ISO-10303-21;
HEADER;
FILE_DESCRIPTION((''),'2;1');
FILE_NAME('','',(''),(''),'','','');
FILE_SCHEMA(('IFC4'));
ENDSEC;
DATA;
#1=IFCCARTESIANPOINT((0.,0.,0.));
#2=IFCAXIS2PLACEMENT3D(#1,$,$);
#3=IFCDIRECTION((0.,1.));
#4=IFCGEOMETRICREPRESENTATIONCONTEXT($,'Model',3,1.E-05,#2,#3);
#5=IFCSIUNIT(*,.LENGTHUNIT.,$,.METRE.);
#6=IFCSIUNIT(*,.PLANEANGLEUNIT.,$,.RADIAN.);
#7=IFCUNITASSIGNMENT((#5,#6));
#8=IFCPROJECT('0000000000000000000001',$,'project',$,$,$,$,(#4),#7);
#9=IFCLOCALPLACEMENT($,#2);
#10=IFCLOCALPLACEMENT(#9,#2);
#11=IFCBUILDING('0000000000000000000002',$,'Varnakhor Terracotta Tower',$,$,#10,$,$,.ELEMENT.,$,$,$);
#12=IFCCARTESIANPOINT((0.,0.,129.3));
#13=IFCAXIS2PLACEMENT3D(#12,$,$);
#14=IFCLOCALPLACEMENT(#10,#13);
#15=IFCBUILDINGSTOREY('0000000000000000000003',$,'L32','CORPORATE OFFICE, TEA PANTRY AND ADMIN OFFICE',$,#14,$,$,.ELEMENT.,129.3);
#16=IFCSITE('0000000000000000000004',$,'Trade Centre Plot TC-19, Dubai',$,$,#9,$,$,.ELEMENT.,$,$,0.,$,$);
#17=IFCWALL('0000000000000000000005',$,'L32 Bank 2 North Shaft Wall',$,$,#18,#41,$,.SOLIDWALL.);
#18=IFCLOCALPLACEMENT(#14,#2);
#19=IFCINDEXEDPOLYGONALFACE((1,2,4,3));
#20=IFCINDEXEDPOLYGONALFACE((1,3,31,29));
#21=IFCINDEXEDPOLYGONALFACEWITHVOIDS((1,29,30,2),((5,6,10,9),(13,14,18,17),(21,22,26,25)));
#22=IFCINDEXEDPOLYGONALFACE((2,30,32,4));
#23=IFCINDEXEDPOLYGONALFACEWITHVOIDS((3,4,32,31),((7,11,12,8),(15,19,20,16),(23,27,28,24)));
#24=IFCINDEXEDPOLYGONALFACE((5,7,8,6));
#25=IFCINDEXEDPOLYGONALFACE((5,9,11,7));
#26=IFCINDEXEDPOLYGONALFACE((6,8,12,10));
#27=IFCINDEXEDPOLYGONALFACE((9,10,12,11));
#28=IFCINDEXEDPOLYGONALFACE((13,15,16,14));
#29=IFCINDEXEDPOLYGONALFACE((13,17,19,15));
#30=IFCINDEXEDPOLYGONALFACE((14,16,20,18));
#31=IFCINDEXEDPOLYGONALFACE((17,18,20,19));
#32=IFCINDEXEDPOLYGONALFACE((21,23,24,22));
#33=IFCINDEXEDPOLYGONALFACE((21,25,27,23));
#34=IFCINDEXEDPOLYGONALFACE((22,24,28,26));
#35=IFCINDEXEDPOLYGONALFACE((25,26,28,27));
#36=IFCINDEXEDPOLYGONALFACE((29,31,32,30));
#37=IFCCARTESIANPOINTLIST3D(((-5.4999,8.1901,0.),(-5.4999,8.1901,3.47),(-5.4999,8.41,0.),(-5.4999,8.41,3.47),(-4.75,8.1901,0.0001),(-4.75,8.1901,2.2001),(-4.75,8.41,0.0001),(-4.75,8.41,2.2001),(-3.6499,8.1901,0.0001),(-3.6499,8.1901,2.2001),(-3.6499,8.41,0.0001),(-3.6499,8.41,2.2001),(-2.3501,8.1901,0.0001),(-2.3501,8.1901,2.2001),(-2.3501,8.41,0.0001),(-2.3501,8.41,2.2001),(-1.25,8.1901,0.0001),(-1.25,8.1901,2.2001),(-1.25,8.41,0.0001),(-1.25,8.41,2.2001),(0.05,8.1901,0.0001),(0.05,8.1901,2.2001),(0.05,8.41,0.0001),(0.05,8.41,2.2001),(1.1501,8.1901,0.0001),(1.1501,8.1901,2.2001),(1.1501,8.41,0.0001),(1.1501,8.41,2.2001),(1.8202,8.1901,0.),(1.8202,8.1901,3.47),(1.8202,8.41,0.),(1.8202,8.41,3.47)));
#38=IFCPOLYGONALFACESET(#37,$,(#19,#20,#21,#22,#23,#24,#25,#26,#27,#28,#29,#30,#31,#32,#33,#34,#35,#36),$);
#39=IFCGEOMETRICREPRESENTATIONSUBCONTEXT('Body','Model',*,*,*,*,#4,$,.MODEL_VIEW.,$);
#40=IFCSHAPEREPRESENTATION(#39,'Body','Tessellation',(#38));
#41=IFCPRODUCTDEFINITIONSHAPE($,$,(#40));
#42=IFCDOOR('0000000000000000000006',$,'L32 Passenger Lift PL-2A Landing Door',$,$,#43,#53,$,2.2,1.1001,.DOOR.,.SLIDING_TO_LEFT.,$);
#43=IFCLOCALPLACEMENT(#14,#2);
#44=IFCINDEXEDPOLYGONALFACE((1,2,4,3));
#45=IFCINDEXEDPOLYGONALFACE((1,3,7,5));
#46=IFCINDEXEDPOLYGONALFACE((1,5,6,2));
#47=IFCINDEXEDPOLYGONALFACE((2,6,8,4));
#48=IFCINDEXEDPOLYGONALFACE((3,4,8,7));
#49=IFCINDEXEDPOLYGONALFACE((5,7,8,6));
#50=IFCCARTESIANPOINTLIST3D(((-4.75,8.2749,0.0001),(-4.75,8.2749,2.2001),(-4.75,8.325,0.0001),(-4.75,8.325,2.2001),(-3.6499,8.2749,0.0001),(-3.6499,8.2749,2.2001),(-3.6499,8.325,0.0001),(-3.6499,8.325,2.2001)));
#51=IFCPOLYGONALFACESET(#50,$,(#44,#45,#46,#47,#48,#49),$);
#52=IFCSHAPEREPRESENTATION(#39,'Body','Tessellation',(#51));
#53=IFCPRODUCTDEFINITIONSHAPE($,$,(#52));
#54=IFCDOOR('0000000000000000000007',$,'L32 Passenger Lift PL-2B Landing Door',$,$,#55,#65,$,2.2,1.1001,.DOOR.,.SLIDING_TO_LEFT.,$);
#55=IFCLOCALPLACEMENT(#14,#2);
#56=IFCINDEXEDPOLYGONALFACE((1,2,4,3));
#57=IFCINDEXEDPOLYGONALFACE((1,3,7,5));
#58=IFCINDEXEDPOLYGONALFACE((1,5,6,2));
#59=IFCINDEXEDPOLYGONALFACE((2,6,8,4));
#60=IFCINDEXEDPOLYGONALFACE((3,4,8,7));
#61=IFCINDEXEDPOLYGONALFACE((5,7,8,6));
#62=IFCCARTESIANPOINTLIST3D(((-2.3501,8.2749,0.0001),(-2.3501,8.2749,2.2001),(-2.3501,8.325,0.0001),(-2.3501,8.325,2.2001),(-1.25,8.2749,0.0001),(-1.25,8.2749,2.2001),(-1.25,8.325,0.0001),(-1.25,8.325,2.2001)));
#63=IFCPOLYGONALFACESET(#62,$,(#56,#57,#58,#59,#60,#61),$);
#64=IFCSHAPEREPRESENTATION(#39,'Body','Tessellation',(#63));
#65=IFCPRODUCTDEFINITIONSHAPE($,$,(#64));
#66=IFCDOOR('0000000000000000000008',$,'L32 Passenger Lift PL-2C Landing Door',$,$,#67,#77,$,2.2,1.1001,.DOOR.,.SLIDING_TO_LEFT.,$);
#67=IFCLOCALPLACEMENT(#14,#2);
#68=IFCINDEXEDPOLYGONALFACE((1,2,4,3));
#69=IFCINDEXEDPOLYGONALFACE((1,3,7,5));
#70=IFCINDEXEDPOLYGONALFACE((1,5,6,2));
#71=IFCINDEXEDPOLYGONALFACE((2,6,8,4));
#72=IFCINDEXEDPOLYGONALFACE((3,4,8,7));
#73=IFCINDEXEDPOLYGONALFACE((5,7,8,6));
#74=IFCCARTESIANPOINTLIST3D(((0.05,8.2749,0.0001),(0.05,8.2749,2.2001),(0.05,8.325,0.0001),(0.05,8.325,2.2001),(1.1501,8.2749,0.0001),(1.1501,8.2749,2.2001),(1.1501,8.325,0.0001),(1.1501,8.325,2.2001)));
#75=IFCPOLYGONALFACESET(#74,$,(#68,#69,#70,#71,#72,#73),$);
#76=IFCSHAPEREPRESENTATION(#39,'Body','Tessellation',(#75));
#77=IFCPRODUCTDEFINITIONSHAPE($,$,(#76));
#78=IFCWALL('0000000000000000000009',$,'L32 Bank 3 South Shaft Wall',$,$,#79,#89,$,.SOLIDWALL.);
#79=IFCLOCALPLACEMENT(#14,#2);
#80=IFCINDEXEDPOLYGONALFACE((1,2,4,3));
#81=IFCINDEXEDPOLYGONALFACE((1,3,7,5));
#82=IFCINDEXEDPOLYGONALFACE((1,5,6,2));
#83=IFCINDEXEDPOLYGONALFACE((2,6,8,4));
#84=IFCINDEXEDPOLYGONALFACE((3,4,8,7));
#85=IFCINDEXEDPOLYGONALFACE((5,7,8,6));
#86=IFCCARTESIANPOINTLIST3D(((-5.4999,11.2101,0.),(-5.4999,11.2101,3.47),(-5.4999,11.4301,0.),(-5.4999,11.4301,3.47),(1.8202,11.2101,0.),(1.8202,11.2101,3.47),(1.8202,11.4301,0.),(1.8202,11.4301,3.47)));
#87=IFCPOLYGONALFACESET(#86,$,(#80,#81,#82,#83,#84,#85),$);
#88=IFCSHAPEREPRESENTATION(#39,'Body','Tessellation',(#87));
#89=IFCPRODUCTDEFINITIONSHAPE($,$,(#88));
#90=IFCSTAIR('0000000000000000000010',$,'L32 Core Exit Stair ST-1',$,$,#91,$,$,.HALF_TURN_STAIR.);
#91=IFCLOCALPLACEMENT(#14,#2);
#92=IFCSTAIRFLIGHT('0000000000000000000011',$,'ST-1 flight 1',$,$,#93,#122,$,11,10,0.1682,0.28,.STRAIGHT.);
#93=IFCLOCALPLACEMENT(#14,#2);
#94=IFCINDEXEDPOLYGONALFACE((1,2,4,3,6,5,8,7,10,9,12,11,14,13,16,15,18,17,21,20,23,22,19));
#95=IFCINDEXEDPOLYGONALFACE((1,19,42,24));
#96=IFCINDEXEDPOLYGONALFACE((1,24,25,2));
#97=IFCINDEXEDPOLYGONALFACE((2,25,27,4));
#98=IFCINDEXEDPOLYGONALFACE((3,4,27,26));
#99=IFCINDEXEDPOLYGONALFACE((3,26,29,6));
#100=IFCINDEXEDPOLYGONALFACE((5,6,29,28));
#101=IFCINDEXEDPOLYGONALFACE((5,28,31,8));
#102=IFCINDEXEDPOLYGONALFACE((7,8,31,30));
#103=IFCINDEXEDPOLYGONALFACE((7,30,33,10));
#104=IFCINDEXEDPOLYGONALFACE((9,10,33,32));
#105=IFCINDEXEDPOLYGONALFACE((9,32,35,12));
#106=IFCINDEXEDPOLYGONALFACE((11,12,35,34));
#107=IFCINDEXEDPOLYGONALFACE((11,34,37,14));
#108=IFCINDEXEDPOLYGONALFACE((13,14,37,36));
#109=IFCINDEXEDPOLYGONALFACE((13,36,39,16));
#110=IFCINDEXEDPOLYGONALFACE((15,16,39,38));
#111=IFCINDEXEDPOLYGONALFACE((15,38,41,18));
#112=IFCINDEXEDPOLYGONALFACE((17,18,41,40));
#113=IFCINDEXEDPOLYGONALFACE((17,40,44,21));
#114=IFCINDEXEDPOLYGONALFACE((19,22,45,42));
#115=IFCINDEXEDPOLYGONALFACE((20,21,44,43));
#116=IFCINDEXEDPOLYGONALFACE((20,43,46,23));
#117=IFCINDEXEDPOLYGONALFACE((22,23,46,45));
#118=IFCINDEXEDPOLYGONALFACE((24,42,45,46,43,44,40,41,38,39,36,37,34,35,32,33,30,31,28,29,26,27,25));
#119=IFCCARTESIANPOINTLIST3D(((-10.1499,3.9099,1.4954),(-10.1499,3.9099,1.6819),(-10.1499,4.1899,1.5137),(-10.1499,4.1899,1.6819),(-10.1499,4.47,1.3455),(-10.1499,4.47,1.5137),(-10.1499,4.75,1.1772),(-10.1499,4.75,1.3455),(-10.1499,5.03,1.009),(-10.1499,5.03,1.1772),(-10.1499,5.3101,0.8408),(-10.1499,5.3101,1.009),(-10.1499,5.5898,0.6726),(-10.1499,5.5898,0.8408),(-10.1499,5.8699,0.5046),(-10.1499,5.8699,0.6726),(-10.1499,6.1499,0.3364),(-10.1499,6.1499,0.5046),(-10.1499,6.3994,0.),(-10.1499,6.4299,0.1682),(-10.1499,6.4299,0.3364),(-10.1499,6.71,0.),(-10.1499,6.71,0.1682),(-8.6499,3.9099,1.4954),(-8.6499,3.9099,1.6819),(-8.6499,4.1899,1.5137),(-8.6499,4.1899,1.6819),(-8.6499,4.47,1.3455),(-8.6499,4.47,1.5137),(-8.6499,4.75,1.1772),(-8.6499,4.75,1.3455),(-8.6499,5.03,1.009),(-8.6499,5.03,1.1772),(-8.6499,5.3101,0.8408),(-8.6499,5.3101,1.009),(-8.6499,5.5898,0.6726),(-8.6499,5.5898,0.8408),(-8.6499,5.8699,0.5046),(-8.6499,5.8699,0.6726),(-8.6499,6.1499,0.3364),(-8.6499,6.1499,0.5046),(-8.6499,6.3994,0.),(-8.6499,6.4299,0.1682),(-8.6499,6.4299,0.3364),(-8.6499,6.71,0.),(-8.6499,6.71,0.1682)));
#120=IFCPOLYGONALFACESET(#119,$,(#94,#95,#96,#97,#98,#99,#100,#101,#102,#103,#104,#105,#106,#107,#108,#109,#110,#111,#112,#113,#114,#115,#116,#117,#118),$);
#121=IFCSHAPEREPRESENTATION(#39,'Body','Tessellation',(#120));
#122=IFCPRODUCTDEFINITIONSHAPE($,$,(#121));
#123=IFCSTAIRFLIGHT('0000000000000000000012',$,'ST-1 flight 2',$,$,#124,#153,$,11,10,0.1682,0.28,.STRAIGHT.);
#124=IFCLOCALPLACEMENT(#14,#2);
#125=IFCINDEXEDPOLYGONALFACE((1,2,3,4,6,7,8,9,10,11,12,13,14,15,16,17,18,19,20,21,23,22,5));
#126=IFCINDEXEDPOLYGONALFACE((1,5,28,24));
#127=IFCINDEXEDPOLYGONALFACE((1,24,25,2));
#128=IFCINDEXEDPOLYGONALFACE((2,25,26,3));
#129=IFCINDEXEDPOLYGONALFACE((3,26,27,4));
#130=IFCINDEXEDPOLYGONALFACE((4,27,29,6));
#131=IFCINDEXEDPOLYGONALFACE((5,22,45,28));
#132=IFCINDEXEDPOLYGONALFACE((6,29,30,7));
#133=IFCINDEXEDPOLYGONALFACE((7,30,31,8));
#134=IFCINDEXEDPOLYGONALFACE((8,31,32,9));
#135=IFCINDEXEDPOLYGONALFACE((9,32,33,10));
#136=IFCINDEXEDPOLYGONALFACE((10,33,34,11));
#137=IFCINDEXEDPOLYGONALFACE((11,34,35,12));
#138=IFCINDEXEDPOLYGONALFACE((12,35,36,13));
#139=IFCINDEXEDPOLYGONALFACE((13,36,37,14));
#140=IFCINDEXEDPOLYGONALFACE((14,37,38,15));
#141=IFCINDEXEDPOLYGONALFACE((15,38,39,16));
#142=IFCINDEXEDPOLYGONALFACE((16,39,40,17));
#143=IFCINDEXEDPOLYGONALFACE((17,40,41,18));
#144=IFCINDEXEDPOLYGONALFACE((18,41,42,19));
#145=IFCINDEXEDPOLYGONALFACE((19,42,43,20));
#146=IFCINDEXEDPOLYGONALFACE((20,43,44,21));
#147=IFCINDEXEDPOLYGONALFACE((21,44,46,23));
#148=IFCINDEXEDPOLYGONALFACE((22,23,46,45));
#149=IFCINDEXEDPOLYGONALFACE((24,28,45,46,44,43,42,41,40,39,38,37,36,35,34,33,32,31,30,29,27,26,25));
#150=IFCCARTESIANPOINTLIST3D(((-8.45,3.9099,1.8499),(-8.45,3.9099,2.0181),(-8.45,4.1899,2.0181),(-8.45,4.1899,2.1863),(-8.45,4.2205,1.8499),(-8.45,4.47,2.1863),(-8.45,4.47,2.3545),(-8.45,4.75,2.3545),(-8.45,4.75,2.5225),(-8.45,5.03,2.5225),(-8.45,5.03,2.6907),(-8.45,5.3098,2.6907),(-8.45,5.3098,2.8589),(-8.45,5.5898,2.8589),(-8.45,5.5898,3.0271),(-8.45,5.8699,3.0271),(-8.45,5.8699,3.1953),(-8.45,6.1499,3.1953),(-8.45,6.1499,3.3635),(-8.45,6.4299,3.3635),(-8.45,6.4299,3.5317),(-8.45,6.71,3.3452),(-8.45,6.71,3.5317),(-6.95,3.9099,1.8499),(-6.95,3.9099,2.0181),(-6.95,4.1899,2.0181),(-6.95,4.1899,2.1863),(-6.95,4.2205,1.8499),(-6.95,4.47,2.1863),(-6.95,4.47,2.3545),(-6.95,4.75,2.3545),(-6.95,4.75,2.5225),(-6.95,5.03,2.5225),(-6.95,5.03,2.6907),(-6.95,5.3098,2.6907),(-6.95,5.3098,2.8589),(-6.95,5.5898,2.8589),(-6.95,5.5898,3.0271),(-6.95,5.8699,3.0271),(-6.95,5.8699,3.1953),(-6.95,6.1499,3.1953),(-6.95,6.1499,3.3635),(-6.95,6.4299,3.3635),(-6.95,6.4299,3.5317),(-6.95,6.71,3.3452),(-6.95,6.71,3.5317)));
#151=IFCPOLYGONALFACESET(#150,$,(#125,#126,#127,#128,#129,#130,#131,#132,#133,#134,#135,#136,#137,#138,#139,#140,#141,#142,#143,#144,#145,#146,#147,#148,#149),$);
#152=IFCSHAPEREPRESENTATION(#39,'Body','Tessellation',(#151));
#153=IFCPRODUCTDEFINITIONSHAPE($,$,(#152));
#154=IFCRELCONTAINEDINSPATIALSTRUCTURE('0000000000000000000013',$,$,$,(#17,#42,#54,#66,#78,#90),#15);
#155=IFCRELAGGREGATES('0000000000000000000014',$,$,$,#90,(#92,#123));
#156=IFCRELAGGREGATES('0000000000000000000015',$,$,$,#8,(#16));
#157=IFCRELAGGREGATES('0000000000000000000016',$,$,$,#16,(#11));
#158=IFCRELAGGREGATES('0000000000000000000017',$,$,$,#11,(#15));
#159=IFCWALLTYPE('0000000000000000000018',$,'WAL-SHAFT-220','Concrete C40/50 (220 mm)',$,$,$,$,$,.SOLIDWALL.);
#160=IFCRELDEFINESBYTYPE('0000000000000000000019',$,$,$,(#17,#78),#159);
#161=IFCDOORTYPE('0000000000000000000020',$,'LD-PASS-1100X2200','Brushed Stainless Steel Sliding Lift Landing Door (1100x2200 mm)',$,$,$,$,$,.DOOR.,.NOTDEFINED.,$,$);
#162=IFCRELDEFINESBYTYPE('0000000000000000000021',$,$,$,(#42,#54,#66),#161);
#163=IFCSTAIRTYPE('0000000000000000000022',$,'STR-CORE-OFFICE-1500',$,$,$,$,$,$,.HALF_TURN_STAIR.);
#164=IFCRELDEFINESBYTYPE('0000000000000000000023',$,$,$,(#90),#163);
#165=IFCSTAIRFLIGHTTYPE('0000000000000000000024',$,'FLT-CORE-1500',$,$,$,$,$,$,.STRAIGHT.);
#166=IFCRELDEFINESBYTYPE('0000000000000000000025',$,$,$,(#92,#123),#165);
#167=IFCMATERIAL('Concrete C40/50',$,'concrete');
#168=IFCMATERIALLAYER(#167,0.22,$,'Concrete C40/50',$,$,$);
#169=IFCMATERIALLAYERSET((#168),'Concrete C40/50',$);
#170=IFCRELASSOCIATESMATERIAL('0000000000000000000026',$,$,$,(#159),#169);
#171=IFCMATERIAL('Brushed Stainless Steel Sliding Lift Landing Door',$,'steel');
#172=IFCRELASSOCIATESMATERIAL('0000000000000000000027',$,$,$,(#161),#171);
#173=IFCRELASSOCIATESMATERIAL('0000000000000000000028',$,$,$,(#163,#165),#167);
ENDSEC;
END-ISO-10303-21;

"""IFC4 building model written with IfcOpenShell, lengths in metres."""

from ifc_helpers import new_model, si_unit, direction, frame, frame_2d, origin, place, context, subcontext, project, spatial, polyline, rectangle, outline, extrude, source, transform, mapped, material, layer, layer_set, type_object, type_shapes, element, fill, aggregate, save


model = new_model("IFC4")

# Units and contexts
model_context = context("Model", 3, precision=1e-05, world=origin(), true_north=direction((0.0, 1.0)))
body_context = subcontext(model_context, "Body", "Model", "MODEL_VIEW")
ifc_project = project(units=[si_unit("LENGTHUNIT", "METRE"), si_unit("PLANEANGLEUNIT", "RADIAN")], contexts=[model_context])

# Site, building, storey
site_placement = place(None, origin())
site = spatial("IfcSite", under=ifc_project, at=site_placement, Name="Trade Centre Plot TC-19, Dubai", CompositionType="ELEMENT", RefElevation=0.0)
building_placement = place(site_placement, origin())
building = spatial("IfcBuilding", under=site, at=building_placement, Name="Varnakhor Terracotta Tower", CompositionType="ELEMENT")
storey_placement = place(building_placement, frame((0.0, 0.0, 129.3)))
storey = spatial("IfcBuildingStorey", under=building, at=storey_placement, Name="L32", Description="CORPORATE OFFICE, TEA PANTRY AND ADMIN OFFICE", CompositionType="ELEMENT", Elevation=129.3)

# Shared definitions
ifc_material_1 = material(Name="Concrete C40/50", Category="concrete")

# Shared definitions
ifc_layer_1 = layer(ifc_material_1, 0.22, Name="Concrete C40/50")
ifc_layer_set_1 = layer_set([ifc_layer_1], Name="Concrete C40/50")
wall_type_1 = type_object("IfcWallType", Name="WAL-SHAFT-220", Description="Concrete C40/50 (220 mm)", PredefinedType="SOLIDWALL", material=ifc_layer_set_1)

# Wall, openings, doors
wall_1_placement = place(storey_placement, frame((-5.5, 8.3, 0.0), z_axis=(0.0, 0.0, 1.0), x_axis=(1.0, 0.0, 0.0)))
wall_1 = element("IfcWall", 1, at=wall_1_placement, inside=storey, type_object=wall_type_1, Name="L32 Bank 2 North Shaft Wall", PredefinedType="SOLIDWALL", context=body_context, shape_type="SweptSolid", body=[
    extrude(rectangle(XDim=7.3201, YDim=0.22, at=frame_2d((3.6602, 0.0))), origin(), (0.0, 0.0, 1.0), 3.47),
])
opening_1_placement = place(wall_1_placement, frame((0.75, 0.0, 0.0)))
opening_1 = element("IfcOpeningElement", 2, at=opening_1_placement, cuts=wall_1, PredefinedType="OPENING", context=body_context, shape_type="SweptSolid", body=[
    extrude(rectangle(XDim=1.1001, YDim=2.2, at=frame_2d((0.55, 1.1001))), frame((0.0, 0.1201, 0.0), z_axis=(0.0, -1.0, 0.0), x_axis=(1.0, 0.0, 0.0)), (0.0, 0.0, 1.0), 0.24),
])
opening_2_placement = place(wall_1_placement, frame((3.1499, 0.0, 0.0)))
opening_2 = element("IfcOpeningElement", 3, at=opening_2_placement, cuts=wall_1, PredefinedType="OPENING", context=body_context, shape_type="SweptSolid", body=[
    extrude(rectangle(XDim=1.1001, YDim=2.2, at=frame_2d((0.55, 1.1001))), frame((0.0, 0.1201, 0.0), z_axis=(0.0, -1.0, 0.0), x_axis=(1.0, 0.0, 0.0)), (0.0, 0.0, 1.0), 0.24),
])
opening_3_placement = place(wall_1_placement, frame((5.55, 0.0, 0.0)))
opening_3 = element("IfcOpeningElement", 4, at=opening_3_placement, cuts=wall_1, PredefinedType="OPENING", context=body_context, shape_type="SweptSolid", body=[
    extrude(rectangle(XDim=1.1001, YDim=2.2, at=frame_2d((0.55, 1.1001))), frame((0.0, 0.1201, 0.0), z_axis=(0.0, -1.0, 0.0), x_axis=(1.0, 0.0, 0.0)), (0.0, 0.0, 1.0), 0.24),
])
ifc_material_2 = material(Name="Brushed Stainless Steel Sliding Lift Landing Door", Category="steel")
door_type_1 = type_object("IfcDoorType", Name="LD-PASS-1100X2200", Description="Brushed Stainless Steel Sliding Lift Landing Door (1100x2200 mm)", OperationType="NOTDEFINED", PredefinedType="DOOR", material=ifc_material_2)
shared_shape_1 = source(origin(), body_context, "Body", "SweptSolid", [
    extrude(rectangle(XDim=1.1001, YDim=2.2, at=frame_2d((0.55, 1.1001))), frame((0.0, 0.0249, 0.0), z_axis=(0.0, -1.0, 0.0), x_axis=(1.0, 0.0, 0.0)), (0.0, 0.0, 1.0), 0.05),
])
type_shapes(door_type_1, [shared_shape_1])
door_1_placement = place(opening_1_placement, origin())
door_1 = element("IfcDoor", 5, at=door_1_placement, inside=storey, type_object=door_type_1, Name="L32 Passenger Lift PL-2A Landing Door", OperationType="SLIDING_TO_LEFT", OverallHeight=2.2, OverallWidth=1.1001, PredefinedType="DOOR", context=body_context, shape_type="MappedRepresentation", body=[
    mapped(shared_shape_1, transform((0.0, 0.0, 0.0), scale=1.0)),
])
fill(opening_1, door_1)
door_2_placement = place(opening_2_placement, origin())
door_2 = element("IfcDoor", 6, at=door_2_placement, inside=storey, type_object=door_type_1, Name="L32 Passenger Lift PL-2B Landing Door", OperationType="SLIDING_TO_LEFT", OverallHeight=2.2, OverallWidth=1.1001, PredefinedType="DOOR", context=body_context, shape_type="MappedRepresentation", body=[
    mapped(shared_shape_1, transform((0.0, 0.0, 0.0), scale=1.0)),
])
fill(opening_2, door_2)
door_3_placement = place(opening_3_placement, origin())
door_3 = element("IfcDoor", 7, at=door_3_placement, inside=storey, type_object=door_type_1, Name="L32 Passenger Lift PL-2C Landing Door", OperationType="SLIDING_TO_LEFT", OverallHeight=2.2, OverallWidth=1.1001, PredefinedType="DOOR", context=body_context, shape_type="MappedRepresentation", body=[
    mapped(shared_shape_1, transform((0.0, 0.0, 0.0), scale=1.0)),
])
fill(opening_3, door_3)

# Wall
wall_2_placement = place(storey_placement, frame((-5.5, 11.3201, 0.0), z_axis=(0.0, 0.0, 1.0), x_axis=(1.0, 0.0, 0.0)))
element("IfcWall", 8, at=wall_2_placement, inside=storey, type_object=wall_type_1, Name="L32 Bank 3 South Shaft Wall", PredefinedType="SOLIDWALL", context=body_context, shape_type="SweptSolid", body=[
    extrude(rectangle(XDim=7.3201, YDim=0.22, at=frame_2d((3.6602, 0.0))), origin(), (0.0, 0.0, 1.0), 3.47),
])

# Stair, stair flights
stair_type = type_object("IfcStairType", Name="STR-CORE-OFFICE-1500", PredefinedType="HALF_TURN_STAIR", material=ifc_material_1)
stair_placement = place(storey_placement, origin())
stair = element("IfcStair", 9, at=stair_placement, inside=storey, type_object=stair_type, Name="L32 Core Exit Stair ST-1", PredefinedType="HALF_TURN_STAIR")
stair_flight_type = type_object("IfcStairFlightType", Name="FLT-CORE-1500", PredefinedType="STRAIGHT", material=ifc_material_1)
stair_flight_1_placement = place(storey_placement, frame((-9.3999, 6.71, 0.0), z_axis=(0.0, 0.0, 1.0), x_axis=(0.0, -1.0, 0.0)))
stair_flight_1 = element("IfcStairFlight", 10, at=stair_flight_1_placement, type_object=stair_flight_type, Name="ST-1 flight 1", NumberOfRisers=11, NumberOfTreads=10, PredefinedType="STRAIGHT", RiserHeight=0.1682, TreadLength=0.28, context=body_context, shape_type="SweptSolid", body=[
    extrude(outline(polyline([(0.0, 0.0), (0.0, 0.1682), (0.28, 0.1682), (0.28, 0.3364), (0.5601, 0.3364), (0.5601, 0.5046), (0.8401, 0.5046), (0.8401, 0.6726), (1.1201, 0.6726), (1.1201, 0.8408), (1.3999, 0.8408), (1.3999, 1.009), (1.6799, 1.009), (1.6799, 1.1772), (1.96, 1.1772), (1.96, 1.3455), (2.24, 1.3455), (2.24, 1.5137), (2.52, 1.5137), (2.52, 1.6819), (2.8, 1.6819), (2.8, 1.8501), (2.8, 1.4954), (0.3105, 0.0), (0.0, 0.0)])), frame((0.0, 0.75, 0.0), z_axis=(0.0, -1.0, 0.0), x_axis=(1.0, 0.0, 0.0)), (0.0, 0.0, 1.0), 1.5),
])
stair_flight_2_placement = place(storey_placement, frame((-7.7, 3.9099, 1.8499), z_axis=(0.0, 0.0, 1.0), x_axis=(0.0, 1.0, 0.0)))
stair_flight_2 = element("IfcStairFlight", 11, at=stair_flight_2_placement, type_object=stair_flight_type, Name="ST-1 flight 2", NumberOfRisers=11, NumberOfTreads=10, PredefinedType="STRAIGHT", RiserHeight=0.1682, TreadLength=0.28, context=body_context, shape_type="SweptSolid", body=[
    extrude(outline(polyline([(0.0, 0.0), (0.0, 0.1682), (0.28, 0.1682), (0.28, 0.3364), (0.5601, 0.3364), (0.5601, 0.5046), (0.8401, 0.5046), (0.8401, 0.6726), (1.1201, 0.6726), (1.1201, 0.8408), (1.3999, 0.8408), (1.3999, 1.009), (1.6799, 1.009), (1.6799, 1.1772), (1.96, 1.1772), (1.96, 1.3455), (2.24, 1.3455), (2.24, 1.5137), (2.52, 1.5137), (2.52, 1.6819), (2.8, 1.6819), (2.8, 1.8501), (2.8, 1.4954), (0.3105, 0.0), (0.0, 0.0)])), frame((0.0, 0.75, 0.0), z_axis=(0.0, -1.0, 0.0), x_axis=(1.0, 0.0, 0.0)), (0.0, 0.0, 1.0), 1.5),
])
aggregate(stair, [stair_flight_1, stair_flight_2])

save(model, "model.ifc")
